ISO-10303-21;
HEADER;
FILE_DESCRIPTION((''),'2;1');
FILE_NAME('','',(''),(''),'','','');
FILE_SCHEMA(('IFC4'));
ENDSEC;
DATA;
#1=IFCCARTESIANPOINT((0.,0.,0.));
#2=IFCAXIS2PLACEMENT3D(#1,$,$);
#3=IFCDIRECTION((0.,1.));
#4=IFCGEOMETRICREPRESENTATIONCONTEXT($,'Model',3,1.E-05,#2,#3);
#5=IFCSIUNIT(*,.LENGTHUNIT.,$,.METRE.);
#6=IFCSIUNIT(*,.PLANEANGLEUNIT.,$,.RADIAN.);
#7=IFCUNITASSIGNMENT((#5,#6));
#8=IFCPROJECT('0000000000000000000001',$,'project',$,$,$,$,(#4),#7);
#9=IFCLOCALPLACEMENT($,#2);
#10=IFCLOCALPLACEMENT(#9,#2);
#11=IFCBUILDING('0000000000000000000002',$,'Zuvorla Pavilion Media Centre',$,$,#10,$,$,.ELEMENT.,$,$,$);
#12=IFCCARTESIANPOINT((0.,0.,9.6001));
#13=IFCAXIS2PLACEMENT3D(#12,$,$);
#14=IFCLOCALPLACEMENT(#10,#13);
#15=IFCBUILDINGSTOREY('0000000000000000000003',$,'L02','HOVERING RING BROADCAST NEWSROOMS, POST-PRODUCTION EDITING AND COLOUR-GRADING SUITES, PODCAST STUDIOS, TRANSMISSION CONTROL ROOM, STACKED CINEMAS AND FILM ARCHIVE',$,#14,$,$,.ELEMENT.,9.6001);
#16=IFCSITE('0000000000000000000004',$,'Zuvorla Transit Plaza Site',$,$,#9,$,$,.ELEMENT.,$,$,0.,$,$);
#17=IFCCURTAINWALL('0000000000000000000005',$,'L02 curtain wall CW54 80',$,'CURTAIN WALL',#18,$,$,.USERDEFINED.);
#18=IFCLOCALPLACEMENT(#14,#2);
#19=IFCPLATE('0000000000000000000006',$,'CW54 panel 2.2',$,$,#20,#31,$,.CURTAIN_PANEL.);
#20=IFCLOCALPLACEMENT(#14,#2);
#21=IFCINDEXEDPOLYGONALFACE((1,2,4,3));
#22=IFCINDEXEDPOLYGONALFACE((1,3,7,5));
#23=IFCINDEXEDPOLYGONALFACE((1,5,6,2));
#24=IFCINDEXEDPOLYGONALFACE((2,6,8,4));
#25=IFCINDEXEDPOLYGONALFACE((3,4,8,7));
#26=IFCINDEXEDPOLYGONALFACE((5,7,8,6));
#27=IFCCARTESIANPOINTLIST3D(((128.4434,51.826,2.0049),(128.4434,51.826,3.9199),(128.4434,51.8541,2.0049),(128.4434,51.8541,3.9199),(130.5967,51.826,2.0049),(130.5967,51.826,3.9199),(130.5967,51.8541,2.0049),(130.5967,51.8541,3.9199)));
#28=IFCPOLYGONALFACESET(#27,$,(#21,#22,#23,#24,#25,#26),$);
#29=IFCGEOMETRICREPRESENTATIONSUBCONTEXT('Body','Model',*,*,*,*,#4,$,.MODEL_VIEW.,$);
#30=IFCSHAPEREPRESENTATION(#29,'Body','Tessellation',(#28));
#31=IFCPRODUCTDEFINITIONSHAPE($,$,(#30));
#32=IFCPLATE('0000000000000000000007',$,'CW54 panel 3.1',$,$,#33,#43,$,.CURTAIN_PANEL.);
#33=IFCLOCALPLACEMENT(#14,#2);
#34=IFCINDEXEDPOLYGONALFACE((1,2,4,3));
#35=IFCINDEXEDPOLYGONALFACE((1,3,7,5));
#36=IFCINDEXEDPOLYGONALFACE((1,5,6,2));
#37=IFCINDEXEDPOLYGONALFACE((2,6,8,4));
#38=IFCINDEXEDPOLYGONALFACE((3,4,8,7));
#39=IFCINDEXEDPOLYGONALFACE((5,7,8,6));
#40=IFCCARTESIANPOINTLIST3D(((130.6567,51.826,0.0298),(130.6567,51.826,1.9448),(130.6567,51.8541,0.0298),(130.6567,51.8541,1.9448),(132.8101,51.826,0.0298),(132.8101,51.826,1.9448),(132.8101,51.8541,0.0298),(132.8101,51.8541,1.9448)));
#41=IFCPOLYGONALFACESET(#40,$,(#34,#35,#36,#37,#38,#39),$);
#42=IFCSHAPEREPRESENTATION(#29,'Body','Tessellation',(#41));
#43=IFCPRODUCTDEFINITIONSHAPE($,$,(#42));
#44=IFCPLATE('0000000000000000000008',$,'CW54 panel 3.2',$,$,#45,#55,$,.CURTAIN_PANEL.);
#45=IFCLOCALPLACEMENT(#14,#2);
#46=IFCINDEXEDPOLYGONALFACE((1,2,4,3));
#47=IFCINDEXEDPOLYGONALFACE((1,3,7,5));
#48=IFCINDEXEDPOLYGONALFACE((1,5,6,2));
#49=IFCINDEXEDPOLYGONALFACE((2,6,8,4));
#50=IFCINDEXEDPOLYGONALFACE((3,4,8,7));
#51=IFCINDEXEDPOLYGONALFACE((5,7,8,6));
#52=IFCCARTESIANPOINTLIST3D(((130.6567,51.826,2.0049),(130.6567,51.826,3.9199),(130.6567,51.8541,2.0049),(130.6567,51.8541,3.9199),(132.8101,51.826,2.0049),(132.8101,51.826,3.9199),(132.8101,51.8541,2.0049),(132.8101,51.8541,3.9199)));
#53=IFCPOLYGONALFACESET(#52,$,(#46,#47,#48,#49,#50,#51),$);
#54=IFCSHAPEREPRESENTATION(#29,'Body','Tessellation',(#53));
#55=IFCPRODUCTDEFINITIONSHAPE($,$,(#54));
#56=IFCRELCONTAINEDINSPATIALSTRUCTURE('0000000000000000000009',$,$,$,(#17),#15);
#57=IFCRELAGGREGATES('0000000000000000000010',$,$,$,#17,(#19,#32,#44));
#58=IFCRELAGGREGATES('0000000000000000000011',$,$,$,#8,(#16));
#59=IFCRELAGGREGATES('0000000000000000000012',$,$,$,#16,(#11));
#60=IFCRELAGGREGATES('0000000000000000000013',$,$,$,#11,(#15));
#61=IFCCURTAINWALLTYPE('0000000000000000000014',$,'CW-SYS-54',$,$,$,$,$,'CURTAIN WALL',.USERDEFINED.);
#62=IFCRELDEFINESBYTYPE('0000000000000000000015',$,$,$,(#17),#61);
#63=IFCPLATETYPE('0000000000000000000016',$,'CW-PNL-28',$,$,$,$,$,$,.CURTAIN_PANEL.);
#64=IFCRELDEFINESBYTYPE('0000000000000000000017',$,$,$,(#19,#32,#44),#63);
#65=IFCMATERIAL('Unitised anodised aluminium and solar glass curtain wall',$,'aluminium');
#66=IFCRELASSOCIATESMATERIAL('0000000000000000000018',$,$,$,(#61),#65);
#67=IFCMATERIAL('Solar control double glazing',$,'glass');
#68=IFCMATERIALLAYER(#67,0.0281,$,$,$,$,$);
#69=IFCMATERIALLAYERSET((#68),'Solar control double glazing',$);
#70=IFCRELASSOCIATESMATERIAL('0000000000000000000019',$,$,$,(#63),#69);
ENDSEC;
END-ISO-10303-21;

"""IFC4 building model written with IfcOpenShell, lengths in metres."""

from ifc_helpers import new_model, si_unit, direction, frame, origin, origin_2d, place, context, subcontext, project, spatial, rectangle, extrude, material, layer, layer_set, type_object, element, aggregate, save


model = new_model("IFC4")

# Units and contexts
model_context = context("Model", 3, precision=1e-05, world=origin(), true_north=direction((0.0, 1.0)))
body_context = subcontext(model_context, "Body", "Model", "MODEL_VIEW")
ifc_project = project(units=[si_unit("LENGTHUNIT", "METRE"), si_unit("PLANEANGLEUNIT", "RADIAN")], contexts=[model_context])

# Site, building, storey
site_placement = place(None, origin())
site = spatial("IfcSite", under=ifc_project, at=site_placement, Name="Zuvorla Transit Plaza Site", CompositionType="ELEMENT", RefElevation=0.0)
building_placement = place(site_placement, origin())
building = spatial("IfcBuilding", under=site, at=building_placement, Name="Zuvorla Pavilion Media Centre", CompositionType="ELEMENT")
storey_placement = place(building_placement, frame((0.0, 0.0, 9.6001)))
storey = spatial("IfcBuildingStorey", under=building, at=storey_placement, Name="L02", Description="HOVERING RING BROADCAST NEWSROOMS, POST-PRODUCTION EDITING AND COLOUR-GRADING SUITES, PODCAST STUDIOS, TRANSMISSION CONTROL ROOM, STACKED CINEMAS AND FILM ARCHIVE", CompositionType="ELEMENT", Elevation=9.6001)

# Shared definitions
ifc_material_1 = material(Name="Unitised anodised aluminium and solar glass curtain wall", Category="aluminium")

# Curtain wall
curtain_wall_type_1 = type_object("IfcCurtainWallType", Name="CW-SYS-54", ElementType="CURTAIN WALL", PredefinedType="USERDEFINED", material=ifc_material_1)
curtain_wall_1_placement = place(storey_placement, origin())
curtain_wall_1 = element("IfcCurtainWall", 1, at=curtain_wall_1_placement, inside=storey, type_object=curtain_wall_type_1, Name="L02 curtain wall CW54 80", ObjectType="CURTAIN WALL", PredefinedType="USERDEFINED")

# Plates
ifc_material_2 = material(Name="Solar control double glazing", Category="glass")
ifc_layer = layer(ifc_material_2, 0.0281)
ifc_layer_set = layer_set([ifc_layer], Name="Solar control double glazing")
plate_type = type_object("IfcPlateType", Name="CW-PNL-28", PredefinedType="CURTAIN_PANEL", material=ifc_layer_set)
plate_1_placement = place(storey_placement, frame((129.52, 51.8401, 2.0049), z_axis=(0.0, 0.0, 1.0), x_axis=(1.0, 0.0, 0.0)))
plate_1 = element("IfcPlate", 2, at=plate_1_placement, type_object=plate_type, Name="CW54 panel 2.2", PredefinedType="CURTAIN_PANEL", context=body_context, shape_type="SweptSolid", body=[
    extrude(rectangle(XDim=2.1533, YDim=0.0281, at=origin_2d()), origin(), (0.0, 0.0, 1.0), 1.915),
])
plate_2_placement = place(storey_placement, frame((131.7334, 51.8401, 0.0298), z_axis=(0.0, 0.0, 1.0), x_axis=(1.0, 0.0, 0.0)))
plate_2 = element("IfcPlate", 3, at=plate_2_placement, type_object=plate_type, Name="CW54 panel 3.1", PredefinedType="CURTAIN_PANEL", context=body_context, shape_type="SweptSolid", body=[
    extrude(rectangle(XDim=2.1533, YDim=0.0281, at=origin_2d()), origin(), (0.0, 0.0, 1.0), 1.915),
])
plate_3_placement = place(storey_placement, frame((131.7334, 51.8401, 2.0049), z_axis=(0.0, 0.0, 1.0), x_axis=(1.0, 0.0, 0.0)))
plate_3 = element("IfcPlate", 4, at=plate_3_placement, type_object=plate_type, Name="CW54 panel 3.2", PredefinedType="CURTAIN_PANEL", context=body_context, shape_type="SweptSolid", body=[
    extrude(rectangle(XDim=2.1533, YDim=0.0281, at=origin_2d()), origin(), (0.0, 0.0, 1.0), 1.915),
])
aggregate(curtain_wall_1, [plate_1, plate_2, plate_3])

save(model, "model.ifc")
